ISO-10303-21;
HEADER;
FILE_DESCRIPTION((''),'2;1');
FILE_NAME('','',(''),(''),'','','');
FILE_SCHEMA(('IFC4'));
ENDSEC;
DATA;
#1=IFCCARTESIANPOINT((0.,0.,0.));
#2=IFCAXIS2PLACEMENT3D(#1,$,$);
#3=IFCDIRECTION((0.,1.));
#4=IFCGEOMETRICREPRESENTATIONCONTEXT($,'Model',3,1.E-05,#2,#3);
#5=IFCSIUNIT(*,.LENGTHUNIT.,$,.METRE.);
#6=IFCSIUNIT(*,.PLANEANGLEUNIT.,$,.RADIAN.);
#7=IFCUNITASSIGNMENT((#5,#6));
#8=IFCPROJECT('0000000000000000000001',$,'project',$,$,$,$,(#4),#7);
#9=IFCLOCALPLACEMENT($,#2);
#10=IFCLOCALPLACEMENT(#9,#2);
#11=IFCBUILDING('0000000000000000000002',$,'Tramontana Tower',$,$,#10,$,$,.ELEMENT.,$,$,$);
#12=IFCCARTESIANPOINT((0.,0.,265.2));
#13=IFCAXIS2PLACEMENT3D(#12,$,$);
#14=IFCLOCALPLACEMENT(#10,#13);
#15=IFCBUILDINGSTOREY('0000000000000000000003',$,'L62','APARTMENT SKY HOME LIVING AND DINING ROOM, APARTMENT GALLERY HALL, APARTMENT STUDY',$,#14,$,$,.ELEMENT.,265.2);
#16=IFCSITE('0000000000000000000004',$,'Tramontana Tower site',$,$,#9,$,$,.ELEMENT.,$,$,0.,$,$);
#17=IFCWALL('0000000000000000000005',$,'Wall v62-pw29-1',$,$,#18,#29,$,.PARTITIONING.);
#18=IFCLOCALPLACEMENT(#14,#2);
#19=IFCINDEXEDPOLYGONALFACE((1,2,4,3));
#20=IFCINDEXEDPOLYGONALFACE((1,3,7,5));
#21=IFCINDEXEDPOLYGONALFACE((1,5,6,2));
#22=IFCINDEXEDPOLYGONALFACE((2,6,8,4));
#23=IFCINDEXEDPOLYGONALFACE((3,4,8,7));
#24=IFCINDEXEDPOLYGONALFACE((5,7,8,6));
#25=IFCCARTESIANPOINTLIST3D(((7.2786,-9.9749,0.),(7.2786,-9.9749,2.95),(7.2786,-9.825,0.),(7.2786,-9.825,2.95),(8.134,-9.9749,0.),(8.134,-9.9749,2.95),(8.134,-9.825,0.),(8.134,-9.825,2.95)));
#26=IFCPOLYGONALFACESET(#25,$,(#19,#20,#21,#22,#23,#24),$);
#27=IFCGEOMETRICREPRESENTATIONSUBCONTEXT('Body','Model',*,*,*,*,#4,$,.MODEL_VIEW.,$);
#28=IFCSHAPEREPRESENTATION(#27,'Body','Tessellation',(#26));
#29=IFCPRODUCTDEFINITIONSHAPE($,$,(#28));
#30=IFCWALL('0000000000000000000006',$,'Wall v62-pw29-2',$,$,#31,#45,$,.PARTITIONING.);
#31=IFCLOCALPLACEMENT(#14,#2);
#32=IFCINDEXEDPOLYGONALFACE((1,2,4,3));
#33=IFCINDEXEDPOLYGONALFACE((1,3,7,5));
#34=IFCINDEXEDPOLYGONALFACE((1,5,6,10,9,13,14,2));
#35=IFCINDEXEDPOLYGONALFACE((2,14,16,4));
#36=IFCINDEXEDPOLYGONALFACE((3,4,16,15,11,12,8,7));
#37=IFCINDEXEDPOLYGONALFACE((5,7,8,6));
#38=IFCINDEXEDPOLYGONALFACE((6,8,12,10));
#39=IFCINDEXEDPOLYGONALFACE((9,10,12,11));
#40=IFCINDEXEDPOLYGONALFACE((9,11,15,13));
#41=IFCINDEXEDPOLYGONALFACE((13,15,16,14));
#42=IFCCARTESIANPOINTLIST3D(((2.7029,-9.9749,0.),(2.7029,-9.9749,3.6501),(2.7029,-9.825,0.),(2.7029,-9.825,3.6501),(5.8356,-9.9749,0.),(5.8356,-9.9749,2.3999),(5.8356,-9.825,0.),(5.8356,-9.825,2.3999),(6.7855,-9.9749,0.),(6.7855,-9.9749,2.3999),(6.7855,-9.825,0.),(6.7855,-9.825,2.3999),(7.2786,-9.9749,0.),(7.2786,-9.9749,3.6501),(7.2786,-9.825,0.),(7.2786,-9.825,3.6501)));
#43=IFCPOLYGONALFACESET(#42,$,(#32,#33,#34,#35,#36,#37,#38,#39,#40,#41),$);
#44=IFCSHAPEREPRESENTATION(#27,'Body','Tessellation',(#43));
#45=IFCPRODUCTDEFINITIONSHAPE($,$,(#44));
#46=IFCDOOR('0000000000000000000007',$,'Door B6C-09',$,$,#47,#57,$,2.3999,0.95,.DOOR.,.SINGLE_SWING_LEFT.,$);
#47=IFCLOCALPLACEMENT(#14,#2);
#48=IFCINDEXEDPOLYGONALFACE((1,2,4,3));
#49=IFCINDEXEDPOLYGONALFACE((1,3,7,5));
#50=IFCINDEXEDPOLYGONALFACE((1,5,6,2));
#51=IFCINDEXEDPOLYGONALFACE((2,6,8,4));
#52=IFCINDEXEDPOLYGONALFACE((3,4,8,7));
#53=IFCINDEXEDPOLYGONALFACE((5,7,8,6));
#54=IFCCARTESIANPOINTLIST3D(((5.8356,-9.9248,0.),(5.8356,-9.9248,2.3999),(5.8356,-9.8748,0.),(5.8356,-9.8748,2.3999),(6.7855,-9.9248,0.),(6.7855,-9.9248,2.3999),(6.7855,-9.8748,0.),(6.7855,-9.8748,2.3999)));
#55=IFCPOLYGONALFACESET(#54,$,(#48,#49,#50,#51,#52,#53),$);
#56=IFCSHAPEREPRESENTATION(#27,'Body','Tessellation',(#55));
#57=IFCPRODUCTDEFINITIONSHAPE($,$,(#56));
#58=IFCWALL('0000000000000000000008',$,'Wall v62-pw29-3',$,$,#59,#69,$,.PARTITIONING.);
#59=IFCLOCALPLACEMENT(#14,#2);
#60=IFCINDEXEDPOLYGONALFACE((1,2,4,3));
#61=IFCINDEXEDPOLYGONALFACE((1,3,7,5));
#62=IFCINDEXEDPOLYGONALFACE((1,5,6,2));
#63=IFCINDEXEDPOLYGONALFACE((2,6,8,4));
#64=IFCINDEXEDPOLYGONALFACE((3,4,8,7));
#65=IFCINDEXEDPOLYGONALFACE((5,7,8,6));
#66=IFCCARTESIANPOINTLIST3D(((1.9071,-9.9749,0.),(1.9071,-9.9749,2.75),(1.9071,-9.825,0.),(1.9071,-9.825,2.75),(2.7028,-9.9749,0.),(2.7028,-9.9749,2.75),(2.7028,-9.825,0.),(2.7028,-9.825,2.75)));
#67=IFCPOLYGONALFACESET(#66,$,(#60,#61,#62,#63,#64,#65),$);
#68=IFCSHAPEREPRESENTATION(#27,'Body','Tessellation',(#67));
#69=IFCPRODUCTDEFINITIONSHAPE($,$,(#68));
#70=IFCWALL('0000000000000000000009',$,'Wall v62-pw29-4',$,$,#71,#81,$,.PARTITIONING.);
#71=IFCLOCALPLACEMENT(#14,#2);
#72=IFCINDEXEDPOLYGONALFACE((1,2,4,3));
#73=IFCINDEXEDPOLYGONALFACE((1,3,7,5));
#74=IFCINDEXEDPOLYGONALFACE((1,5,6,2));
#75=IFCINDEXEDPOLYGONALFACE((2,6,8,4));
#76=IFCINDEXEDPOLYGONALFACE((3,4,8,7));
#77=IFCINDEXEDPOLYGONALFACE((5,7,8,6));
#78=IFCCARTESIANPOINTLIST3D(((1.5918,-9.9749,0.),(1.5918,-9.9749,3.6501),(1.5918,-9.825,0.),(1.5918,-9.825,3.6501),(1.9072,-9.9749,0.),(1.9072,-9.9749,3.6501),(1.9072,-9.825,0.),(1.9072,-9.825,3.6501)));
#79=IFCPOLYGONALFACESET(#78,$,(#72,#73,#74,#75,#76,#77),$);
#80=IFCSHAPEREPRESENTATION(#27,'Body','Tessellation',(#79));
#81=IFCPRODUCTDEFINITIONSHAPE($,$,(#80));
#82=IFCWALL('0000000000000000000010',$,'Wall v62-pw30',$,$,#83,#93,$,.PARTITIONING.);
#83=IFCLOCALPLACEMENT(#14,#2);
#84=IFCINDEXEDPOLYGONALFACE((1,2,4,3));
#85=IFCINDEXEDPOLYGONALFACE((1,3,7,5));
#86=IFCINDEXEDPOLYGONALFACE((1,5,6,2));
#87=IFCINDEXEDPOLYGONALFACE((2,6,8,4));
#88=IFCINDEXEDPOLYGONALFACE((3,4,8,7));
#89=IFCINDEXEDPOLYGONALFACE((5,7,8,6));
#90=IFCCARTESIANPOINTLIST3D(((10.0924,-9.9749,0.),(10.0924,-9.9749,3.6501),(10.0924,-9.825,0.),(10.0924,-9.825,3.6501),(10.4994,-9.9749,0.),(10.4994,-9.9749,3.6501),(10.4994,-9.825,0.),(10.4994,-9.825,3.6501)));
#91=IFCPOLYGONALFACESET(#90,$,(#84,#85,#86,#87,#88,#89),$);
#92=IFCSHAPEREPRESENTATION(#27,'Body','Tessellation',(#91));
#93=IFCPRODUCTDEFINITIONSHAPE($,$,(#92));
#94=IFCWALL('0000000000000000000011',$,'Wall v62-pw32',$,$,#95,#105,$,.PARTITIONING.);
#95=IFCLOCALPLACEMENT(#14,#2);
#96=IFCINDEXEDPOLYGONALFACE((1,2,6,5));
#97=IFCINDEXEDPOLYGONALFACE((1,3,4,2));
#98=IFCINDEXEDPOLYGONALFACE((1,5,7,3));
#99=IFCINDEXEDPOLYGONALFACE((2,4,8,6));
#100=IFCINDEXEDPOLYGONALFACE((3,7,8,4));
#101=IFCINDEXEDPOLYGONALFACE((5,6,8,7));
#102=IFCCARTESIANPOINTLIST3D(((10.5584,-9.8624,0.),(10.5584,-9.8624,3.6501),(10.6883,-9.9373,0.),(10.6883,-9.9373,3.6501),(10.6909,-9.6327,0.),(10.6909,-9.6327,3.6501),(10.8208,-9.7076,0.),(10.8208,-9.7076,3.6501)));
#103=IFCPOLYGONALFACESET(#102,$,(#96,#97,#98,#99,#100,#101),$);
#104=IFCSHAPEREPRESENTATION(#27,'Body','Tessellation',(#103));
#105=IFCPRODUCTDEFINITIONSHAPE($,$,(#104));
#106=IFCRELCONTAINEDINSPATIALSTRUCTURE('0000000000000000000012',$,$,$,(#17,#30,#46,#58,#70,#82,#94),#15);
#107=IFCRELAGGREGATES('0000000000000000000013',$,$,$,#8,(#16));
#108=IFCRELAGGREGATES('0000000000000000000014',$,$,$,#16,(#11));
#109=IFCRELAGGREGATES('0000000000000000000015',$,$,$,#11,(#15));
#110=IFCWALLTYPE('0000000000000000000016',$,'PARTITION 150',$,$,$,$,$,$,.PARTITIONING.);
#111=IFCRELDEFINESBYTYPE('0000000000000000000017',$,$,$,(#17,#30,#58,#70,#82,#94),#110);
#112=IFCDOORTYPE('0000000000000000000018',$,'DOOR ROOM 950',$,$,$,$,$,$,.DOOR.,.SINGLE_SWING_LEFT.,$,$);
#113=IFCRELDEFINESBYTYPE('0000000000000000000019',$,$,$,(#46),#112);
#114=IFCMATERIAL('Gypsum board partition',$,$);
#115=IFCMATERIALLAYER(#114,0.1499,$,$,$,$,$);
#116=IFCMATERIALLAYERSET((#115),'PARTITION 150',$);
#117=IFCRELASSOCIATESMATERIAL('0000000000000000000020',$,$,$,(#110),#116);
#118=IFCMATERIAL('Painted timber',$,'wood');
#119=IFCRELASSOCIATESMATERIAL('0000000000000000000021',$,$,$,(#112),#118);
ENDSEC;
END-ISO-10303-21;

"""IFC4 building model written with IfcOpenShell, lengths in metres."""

from ifc_helpers import new_model, si_unit, direction, frame, frame_2d, origin, place, context, subcontext, project, spatial, rectangle, extrude, material, layer, layer_set, type_object, element, fill, save


model = new_model("IFC4")

# Units and contexts
model_context = context("Model", 3, precision=1e-05, world=origin(), true_north=direction((0.0, 1.0)))
body_context = subcontext(model_context, "Body", "Model", "MODEL_VIEW")
ifc_project = project(units=[si_unit("LENGTHUNIT", "METRE"), si_unit("PLANEANGLEUNIT", "RADIAN")], contexts=[model_context])

# Site, building, storey
site_placement = place(None, origin())
site = spatial("IfcSite", under=ifc_project, at=site_placement, Name="Tramontana Tower site", CompositionType="ELEMENT", RefElevation=0.0)
building_placement = place(site_placement, origin())
building = spatial("IfcBuilding", under=site, at=building_placement, Name="Tramontana Tower", CompositionType="ELEMENT")
storey_placement = place(building_placement, frame((0.0, 0.0, 265.2)))
storey = spatial("IfcBuildingStorey", under=building, at=storey_placement, Name="L62", Description="APARTMENT SKY HOME LIVING AND DINING ROOM, APARTMENT GALLERY HALL, APARTMENT STUDY", CompositionType="ELEMENT", Elevation=265.2)

# Shared definitions
ifc_material_1 = material(Name="Gypsum board partition")
ifc_layer_1 = layer(ifc_material_1, 0.1499)
ifc_layer_set_1 = layer_set([ifc_layer_1], Name="PARTITION 150")
wall_type_1 = type_object("IfcWallType", Name="PARTITION 150", PredefinedType="PARTITIONING", material=ifc_layer_set_1)

# Wall
wall_1_placement = place(storey_placement, frame((8.134, -9.8999, 0.0), z_axis=(0.0, 0.0, 1.0), x_axis=(-1.0, 0.0, 0.0)))
element("IfcWall", 1, at=wall_1_placement, inside=storey, type_object=wall_type_1, Name="Wall v62-pw29-1", PredefinedType="PARTITIONING", context=body_context, shape_type="SweptSolid", body=[
    extrude(rectangle(XDim=0.8555, YDim=0.1499, at=frame_2d((0.4277, 0.0))), origin(), (0.0, 0.0, 1.0), 2.95),
])

# Wall, opening, door
wall_2_placement = place(storey_placement, frame((7.2786, -9.8999, 0.0), z_axis=(0.0, 0.0, 1.0), x_axis=(-1.0, 0.0, 0.0)))
wall_2 = element("IfcWall", 2, at=wall_2_placement, inside=storey, type_object=wall_type_1, Name="Wall v62-pw29-2", PredefinedType="PARTITIONING", context=body_context, shape_type="SweptSolid", body=[
    extrude(rectangle(XDim=4.5757, YDim=0.1499, at=frame_2d((2.2878, 0.0))), origin(), (0.0, 0.0, 1.0), 3.6501),
])
opening_1_placement = place(wall_2_placement, frame((0.4929, 0.0, 0.0)))
opening_1 = element("IfcOpeningElement", 3, at=opening_1_placement, cuts=wall_2, PredefinedType="OPENING", context=body_context, shape_type="SweptSolid", body=[
    extrude(rectangle(XDim=0.95, YDim=2.3999, at=frame_2d((0.4751, 1.2))), frame((0.0, 0.085, 0.0), z_axis=(0.0, -1.0, 0.0), x_axis=(1.0, 0.0, 0.0)), (0.0, 0.0, 1.0), 0.1699),
])
ifc_material_2 = material(Name="Painted timber", Category="wood")
door_type_1 = type_object("IfcDoorType", Name="DOOR ROOM 950", OperationType="SINGLE_SWING_LEFT", PredefinedType="DOOR", material=ifc_material_2)
door_1_placement = place(opening_1_placement, origin())
door_1 = element("IfcDoor", 4, at=door_1_placement, inside=storey, type_object=door_type_1, Name="Door B6C-09", OperationType="SINGLE_SWING_LEFT", OverallHeight=2.3999, OverallWidth=0.95, PredefinedType="DOOR", context=body_context, shape_type="SweptSolid", body=[
    extrude(rectangle(XDim=0.95, YDim=2.3999, at=frame_2d((0.4751, 1.2))), frame((0.0, 0.0249, 0.0), z_axis=(0.0, -1.0, 0.0), x_axis=(1.0, 0.0, 0.0)), (0.0, 0.0, 1.0), 0.05),
])
fill(opening_1, door_1)

# Walls
wall_3_placement = place(storey_placement, frame((2.7029, -9.8999, 0.0), z_axis=(0.0, 0.0, 1.0), x_axis=(-1.0, 0.0, 0.0)))
element("IfcWall", 5, at=wall_3_placement, inside=storey, type_object=wall_type_1, Name="Wall v62-pw29-3", PredefinedType="PARTITIONING", context=body_context, shape_type="SweptSolid", body=[
    extrude(rectangle(XDim=0.7957, YDim=0.1499, at=frame_2d((0.3979, 0.0))), origin(), (0.0, 0.0, 1.0), 2.75),
])
wall_4_placement = place(storey_placement, frame((1.9072, -9.8999, 0.0), z_axis=(0.0, 0.0, 1.0), x_axis=(-1.0, 0.0, 0.0)))
element("IfcWall", 6, at=wall_4_placement, inside=storey, type_object=wall_type_1, Name="Wall v62-pw29-4", PredefinedType="PARTITIONING", context=body_context, shape_type="SweptSolid", body=[
    extrude(rectangle(XDim=0.3154, YDim=0.1499, at=frame_2d((0.1577, 0.0))), origin(), (0.0, 0.0, 1.0), 3.6501),
])
wall_5_placement = place(storey_placement, frame((10.0923, -9.8999, 0.0), z_axis=(0.0, 0.0, 1.0), x_axis=(1.0, 0.0, 0.0)))
element("IfcWall", 7, at=wall_5_placement, inside=storey, type_object=wall_type_1, Name="Wall v62-pw30", PredefinedType="PARTITIONING", context=body_context, shape_type="SweptSolid", body=[
    extrude(rectangle(XDim=0.407, YDim=0.1499, at=frame_2d((0.2036, 0.0))), origin(), (0.0, 0.0, 1.0), 3.6501),
])
wall_6_placement = place(storey_placement, frame((10.7559, -9.6702, 0.0), z_axis=(0.0, 0.0, 1.0), x_axis=(-0.499802, -0.86614, 0.0)))
element("IfcWall", 8, at=wall_6_placement, inside=storey, type_object=wall_type_1, Name="Wall v62-pw32", PredefinedType="PARTITIONING", context=body_context, shape_type="SweptSolid", body=[
    extrude(rectangle(XDim=0.2651, YDim=0.1499, at=frame_2d((0.1326, 0.0))), origin(), (0.0, 0.0, 1.0), 3.6501),
])

save(model, "model.ifc")
